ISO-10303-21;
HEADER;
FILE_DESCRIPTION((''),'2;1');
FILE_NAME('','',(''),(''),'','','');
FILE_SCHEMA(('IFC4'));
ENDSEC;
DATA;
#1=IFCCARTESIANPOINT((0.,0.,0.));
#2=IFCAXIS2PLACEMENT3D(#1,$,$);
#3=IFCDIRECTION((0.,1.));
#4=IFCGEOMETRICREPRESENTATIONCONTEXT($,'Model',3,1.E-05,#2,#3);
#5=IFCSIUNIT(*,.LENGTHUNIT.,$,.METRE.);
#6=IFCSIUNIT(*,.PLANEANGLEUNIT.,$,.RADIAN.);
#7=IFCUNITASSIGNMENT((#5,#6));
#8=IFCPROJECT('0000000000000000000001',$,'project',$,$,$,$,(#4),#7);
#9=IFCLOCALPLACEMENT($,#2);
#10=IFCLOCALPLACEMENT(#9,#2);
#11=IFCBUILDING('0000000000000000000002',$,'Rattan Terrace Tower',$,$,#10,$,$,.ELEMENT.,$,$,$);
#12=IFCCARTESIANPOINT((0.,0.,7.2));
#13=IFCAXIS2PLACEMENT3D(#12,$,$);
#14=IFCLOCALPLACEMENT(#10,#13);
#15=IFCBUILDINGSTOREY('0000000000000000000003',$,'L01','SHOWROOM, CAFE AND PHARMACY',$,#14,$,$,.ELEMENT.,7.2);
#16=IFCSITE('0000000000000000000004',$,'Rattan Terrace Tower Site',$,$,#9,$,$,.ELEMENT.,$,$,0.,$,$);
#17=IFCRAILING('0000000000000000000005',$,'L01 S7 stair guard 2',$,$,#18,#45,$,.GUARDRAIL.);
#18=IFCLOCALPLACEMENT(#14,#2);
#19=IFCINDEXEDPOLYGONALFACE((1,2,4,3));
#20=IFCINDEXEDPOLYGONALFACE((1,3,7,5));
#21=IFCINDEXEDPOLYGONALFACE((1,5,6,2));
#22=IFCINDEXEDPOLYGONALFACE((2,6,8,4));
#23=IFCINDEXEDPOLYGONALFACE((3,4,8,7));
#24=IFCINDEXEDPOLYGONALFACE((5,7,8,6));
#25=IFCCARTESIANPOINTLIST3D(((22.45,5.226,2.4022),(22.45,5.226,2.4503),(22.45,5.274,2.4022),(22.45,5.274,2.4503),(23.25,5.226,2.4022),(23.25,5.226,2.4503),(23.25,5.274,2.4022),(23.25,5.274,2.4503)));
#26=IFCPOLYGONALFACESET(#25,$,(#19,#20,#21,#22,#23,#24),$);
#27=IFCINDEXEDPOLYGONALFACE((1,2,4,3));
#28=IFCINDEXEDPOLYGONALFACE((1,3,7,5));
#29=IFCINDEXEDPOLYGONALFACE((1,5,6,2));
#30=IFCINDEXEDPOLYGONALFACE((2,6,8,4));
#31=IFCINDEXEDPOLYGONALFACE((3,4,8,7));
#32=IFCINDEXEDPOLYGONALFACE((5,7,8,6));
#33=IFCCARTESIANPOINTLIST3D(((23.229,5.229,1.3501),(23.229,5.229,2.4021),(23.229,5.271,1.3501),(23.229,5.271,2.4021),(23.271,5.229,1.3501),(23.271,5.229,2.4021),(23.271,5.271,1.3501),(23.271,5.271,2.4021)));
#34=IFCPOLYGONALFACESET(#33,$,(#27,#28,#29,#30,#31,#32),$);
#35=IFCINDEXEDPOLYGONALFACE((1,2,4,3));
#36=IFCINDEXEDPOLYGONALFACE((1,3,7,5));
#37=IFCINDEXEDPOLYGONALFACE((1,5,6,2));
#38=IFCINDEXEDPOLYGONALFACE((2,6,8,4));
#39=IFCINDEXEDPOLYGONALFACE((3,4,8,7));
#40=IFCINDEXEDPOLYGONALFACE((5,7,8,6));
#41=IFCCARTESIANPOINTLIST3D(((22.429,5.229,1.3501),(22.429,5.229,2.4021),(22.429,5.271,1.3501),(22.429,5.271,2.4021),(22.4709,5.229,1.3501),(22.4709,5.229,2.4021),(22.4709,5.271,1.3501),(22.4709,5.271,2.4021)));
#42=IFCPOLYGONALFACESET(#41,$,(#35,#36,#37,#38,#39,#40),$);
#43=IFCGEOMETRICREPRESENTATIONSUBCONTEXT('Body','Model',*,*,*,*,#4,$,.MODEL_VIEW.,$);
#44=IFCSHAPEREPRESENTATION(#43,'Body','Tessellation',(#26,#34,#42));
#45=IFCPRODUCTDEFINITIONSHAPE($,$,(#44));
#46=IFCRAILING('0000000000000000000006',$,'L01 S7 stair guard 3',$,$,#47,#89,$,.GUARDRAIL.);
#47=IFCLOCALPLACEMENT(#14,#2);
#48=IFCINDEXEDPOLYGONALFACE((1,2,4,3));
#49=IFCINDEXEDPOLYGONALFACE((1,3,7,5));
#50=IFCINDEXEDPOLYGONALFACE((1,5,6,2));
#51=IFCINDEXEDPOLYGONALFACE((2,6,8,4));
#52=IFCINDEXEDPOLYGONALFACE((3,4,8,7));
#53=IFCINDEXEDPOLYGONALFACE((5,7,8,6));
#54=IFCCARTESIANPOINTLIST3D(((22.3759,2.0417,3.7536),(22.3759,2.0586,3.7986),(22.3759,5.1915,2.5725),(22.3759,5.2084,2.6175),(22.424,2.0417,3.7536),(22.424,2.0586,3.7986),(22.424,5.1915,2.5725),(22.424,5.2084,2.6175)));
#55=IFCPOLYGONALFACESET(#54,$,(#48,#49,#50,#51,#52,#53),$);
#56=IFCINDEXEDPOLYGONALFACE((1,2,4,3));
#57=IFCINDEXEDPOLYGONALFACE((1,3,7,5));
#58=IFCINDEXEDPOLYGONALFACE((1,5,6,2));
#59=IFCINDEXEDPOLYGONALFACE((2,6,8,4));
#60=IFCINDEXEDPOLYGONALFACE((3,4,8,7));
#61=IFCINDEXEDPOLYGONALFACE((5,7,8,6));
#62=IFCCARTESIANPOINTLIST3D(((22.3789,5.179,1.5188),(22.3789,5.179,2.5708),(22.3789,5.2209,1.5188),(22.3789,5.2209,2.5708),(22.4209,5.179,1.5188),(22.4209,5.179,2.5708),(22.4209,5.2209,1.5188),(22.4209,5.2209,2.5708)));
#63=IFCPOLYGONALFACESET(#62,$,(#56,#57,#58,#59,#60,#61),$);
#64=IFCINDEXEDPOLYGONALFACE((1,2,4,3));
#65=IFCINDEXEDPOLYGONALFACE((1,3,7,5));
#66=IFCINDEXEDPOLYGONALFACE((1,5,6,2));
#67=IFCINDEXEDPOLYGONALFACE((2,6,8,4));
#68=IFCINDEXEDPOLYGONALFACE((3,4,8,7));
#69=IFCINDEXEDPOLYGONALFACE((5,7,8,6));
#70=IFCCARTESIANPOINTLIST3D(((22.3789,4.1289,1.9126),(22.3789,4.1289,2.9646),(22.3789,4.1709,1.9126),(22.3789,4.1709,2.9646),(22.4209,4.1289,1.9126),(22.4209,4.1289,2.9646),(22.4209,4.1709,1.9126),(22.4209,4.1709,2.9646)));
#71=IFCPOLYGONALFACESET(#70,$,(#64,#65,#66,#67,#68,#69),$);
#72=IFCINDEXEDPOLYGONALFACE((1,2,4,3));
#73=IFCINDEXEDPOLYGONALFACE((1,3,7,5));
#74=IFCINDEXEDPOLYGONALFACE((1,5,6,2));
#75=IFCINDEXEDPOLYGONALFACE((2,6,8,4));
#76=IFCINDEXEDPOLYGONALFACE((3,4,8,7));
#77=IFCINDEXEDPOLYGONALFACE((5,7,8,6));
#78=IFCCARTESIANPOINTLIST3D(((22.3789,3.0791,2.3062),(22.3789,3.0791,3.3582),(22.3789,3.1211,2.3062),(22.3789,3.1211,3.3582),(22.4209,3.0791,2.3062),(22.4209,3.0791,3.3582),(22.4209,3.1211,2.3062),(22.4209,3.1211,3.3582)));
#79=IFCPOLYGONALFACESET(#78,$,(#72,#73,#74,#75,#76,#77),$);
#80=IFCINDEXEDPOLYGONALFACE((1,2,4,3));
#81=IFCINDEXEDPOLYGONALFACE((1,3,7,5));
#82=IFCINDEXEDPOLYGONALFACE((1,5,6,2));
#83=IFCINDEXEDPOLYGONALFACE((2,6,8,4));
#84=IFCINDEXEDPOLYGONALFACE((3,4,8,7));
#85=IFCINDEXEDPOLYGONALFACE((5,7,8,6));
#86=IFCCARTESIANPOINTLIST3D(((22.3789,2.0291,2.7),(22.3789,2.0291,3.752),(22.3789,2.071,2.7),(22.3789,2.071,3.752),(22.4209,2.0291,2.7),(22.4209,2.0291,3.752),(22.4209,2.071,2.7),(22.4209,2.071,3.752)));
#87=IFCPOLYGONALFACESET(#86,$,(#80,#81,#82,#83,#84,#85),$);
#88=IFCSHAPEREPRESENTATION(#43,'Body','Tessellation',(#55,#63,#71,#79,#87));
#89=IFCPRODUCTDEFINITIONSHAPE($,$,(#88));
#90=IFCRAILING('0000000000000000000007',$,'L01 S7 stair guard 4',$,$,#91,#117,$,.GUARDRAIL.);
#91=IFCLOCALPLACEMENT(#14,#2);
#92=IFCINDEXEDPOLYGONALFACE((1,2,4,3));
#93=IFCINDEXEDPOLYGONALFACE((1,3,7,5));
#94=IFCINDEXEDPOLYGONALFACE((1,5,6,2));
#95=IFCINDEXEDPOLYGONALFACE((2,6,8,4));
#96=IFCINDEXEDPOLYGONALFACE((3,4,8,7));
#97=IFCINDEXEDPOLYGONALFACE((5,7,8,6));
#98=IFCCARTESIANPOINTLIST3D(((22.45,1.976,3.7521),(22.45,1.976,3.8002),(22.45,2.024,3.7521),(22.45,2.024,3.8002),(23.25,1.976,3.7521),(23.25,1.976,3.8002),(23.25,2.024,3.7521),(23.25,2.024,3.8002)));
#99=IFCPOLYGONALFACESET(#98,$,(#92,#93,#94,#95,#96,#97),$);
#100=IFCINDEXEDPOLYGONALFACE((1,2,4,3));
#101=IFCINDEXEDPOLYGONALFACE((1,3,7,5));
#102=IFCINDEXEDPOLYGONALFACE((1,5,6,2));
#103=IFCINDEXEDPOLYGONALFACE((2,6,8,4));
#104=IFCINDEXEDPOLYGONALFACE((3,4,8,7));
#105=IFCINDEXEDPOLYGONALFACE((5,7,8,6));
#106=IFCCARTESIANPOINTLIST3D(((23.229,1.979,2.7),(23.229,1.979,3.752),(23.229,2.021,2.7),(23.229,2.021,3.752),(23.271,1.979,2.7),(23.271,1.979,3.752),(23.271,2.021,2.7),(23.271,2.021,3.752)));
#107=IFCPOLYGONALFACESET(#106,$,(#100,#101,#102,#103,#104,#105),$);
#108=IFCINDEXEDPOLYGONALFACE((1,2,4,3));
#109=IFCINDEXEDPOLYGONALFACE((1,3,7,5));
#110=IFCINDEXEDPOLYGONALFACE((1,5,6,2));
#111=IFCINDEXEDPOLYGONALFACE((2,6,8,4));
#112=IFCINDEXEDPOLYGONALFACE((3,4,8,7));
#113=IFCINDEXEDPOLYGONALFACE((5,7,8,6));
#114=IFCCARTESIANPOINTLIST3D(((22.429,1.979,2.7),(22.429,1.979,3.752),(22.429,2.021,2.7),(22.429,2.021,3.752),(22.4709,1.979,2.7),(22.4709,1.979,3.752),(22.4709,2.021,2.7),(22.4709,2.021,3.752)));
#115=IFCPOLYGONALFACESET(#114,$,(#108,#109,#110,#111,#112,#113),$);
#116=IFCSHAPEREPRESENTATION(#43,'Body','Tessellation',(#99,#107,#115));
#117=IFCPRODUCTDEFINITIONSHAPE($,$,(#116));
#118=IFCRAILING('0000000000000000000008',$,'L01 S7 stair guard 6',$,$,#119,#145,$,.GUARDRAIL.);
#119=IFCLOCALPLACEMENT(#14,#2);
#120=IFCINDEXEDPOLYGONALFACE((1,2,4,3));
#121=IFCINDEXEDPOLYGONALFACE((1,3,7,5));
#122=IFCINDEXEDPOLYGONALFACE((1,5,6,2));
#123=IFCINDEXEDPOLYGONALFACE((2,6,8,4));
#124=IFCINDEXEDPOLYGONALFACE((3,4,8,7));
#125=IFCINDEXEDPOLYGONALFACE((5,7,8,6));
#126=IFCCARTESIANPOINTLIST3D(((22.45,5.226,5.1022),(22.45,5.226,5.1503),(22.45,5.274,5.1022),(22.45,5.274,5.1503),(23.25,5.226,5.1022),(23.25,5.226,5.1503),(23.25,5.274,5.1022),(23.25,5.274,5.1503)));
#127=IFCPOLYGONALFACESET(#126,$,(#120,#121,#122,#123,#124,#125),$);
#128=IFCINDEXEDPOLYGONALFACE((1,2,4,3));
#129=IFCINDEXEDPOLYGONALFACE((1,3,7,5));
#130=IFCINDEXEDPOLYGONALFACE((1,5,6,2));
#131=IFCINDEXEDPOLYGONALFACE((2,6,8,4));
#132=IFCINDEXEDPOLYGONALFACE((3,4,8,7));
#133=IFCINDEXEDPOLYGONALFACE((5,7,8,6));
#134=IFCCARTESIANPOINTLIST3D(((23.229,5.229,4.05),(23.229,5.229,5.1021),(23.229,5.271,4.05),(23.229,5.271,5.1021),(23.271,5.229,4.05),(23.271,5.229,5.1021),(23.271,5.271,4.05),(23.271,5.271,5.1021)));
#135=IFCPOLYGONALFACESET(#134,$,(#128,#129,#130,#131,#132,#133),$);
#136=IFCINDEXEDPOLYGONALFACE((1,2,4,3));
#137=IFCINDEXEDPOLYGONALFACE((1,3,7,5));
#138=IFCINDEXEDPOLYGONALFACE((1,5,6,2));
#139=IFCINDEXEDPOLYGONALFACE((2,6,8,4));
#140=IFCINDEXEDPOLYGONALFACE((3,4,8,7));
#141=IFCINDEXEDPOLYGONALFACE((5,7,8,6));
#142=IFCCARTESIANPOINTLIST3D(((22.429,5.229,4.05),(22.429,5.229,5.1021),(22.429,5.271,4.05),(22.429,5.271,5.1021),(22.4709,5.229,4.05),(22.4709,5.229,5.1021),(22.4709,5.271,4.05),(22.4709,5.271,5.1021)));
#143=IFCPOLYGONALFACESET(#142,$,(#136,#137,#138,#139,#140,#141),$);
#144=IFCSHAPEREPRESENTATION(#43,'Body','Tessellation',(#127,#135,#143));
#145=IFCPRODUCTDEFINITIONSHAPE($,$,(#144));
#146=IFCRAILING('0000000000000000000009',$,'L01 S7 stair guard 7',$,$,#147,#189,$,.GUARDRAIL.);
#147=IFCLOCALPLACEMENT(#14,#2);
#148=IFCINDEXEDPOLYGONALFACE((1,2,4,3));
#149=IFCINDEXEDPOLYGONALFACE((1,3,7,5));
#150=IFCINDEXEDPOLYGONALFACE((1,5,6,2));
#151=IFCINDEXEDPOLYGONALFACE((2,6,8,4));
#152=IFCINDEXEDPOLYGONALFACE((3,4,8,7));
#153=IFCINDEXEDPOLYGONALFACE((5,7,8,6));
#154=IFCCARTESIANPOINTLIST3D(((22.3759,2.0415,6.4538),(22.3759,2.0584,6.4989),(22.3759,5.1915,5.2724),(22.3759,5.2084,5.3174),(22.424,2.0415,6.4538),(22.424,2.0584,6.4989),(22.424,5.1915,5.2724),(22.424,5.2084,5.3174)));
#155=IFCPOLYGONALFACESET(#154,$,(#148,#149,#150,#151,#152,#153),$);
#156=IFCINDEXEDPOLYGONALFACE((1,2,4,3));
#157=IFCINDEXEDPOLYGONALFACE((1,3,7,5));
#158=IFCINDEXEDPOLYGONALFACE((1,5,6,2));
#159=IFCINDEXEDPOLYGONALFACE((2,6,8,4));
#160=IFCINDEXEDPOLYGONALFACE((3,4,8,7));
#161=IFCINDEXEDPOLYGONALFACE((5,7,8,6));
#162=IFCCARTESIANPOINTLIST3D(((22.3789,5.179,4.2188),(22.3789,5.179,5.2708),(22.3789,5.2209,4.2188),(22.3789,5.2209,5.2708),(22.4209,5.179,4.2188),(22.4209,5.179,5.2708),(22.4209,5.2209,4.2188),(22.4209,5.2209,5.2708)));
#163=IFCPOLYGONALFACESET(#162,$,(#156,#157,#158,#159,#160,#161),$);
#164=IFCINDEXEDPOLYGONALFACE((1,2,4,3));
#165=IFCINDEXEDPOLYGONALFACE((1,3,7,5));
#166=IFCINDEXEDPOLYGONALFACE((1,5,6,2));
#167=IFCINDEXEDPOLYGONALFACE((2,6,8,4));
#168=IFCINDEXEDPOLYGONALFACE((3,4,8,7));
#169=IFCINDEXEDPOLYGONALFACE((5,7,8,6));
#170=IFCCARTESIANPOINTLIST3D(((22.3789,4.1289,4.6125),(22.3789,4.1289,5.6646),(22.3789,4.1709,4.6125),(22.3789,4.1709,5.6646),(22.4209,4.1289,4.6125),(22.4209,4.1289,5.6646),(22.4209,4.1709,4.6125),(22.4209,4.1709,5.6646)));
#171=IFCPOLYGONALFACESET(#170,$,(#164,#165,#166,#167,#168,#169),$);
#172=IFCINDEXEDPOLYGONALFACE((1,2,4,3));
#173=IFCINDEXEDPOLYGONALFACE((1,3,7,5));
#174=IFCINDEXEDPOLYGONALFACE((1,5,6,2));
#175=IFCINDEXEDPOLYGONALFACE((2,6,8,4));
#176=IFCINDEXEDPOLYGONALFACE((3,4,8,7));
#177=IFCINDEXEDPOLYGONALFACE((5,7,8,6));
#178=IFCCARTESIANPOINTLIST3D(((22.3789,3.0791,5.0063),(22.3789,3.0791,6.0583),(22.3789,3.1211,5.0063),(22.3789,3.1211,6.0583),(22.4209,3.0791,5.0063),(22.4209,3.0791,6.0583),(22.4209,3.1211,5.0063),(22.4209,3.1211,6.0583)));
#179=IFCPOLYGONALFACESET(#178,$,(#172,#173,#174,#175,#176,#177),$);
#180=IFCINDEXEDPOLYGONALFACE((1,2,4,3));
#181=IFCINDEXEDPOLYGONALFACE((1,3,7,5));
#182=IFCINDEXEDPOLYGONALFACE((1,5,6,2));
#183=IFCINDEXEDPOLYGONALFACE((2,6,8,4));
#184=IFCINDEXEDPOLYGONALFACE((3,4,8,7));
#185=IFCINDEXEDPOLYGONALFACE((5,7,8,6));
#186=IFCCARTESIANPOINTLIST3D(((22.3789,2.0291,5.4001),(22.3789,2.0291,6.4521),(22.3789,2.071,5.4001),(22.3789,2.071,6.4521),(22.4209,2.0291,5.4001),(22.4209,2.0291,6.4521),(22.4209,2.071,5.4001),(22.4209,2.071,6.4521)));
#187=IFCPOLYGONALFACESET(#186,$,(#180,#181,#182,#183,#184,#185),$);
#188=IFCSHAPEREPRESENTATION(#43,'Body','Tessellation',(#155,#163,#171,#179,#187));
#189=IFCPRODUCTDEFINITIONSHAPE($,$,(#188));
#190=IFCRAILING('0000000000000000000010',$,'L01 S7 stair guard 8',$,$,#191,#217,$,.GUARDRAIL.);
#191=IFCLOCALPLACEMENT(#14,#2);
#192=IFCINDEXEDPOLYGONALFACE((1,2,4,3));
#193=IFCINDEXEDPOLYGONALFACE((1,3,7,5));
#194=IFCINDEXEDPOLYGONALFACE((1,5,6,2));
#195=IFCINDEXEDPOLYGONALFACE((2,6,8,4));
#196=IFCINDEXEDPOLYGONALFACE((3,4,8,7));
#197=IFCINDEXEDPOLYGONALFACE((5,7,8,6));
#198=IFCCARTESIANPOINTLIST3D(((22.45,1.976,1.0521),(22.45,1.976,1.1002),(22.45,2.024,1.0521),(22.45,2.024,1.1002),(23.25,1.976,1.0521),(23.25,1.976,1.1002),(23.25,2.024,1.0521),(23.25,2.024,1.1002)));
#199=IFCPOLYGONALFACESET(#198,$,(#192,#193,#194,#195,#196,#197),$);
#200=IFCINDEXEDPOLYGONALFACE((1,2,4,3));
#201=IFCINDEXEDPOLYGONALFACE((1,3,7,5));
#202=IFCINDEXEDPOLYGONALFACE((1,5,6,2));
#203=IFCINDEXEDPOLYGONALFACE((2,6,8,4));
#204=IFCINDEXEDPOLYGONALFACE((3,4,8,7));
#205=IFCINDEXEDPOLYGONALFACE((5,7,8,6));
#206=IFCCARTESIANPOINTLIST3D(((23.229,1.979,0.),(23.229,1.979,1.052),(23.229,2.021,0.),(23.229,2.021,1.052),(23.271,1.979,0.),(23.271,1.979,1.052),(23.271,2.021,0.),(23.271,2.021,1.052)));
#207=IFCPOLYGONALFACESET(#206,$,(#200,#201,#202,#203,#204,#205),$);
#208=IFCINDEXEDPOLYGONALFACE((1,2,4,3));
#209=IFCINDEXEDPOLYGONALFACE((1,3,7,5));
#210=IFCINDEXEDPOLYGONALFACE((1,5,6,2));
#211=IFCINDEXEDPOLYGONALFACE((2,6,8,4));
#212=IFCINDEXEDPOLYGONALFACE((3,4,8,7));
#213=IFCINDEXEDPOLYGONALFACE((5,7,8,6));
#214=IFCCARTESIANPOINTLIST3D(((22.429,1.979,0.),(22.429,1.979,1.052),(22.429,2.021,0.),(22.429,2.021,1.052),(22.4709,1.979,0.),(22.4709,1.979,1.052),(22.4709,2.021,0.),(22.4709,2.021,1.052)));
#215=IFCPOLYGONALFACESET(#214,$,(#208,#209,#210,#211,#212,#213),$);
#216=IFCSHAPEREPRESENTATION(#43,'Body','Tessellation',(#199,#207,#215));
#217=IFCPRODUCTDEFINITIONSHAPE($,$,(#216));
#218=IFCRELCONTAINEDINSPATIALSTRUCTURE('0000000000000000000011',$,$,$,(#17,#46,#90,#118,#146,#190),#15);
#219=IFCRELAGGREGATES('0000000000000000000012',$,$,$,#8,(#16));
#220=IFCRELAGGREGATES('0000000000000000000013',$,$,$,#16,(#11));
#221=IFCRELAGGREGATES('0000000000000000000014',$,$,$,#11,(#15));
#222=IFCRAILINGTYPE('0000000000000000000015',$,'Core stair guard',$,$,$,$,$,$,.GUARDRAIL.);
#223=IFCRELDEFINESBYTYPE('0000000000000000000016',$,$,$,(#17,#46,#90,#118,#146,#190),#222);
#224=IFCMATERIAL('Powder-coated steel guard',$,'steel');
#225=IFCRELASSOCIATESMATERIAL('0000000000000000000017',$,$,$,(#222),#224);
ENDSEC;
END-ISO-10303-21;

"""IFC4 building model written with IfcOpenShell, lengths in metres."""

from ifc_helpers import new_model, si_unit, direction, frame, origin, origin_2d, place, context, subcontext, project, spatial, rectangle, extrude, material, type_object, element, save


model = new_model("IFC4")

# Units and contexts
model_context = context("Model", 3, precision=1e-05, world=origin(), true_north=direction((0.0, 1.0)))
body_context = subcontext(model_context, "Body", "Model", "MODEL_VIEW")
ifc_project = project(units=[si_unit("LENGTHUNIT", "METRE"), si_unit("PLANEANGLEUNIT", "RADIAN")], contexts=[model_context])

# Site, building, storey
site_placement = place(None, origin())
site = spatial("IfcSite", under=ifc_project, at=site_placement, Name="Rattan Terrace Tower Site", CompositionType="ELEMENT", RefElevation=0.0)
building_placement = place(site_placement, origin())
building = spatial("IfcBuilding", under=site, at=building_placement, Name="Rattan Terrace Tower", CompositionType="ELEMENT")
storey_placement = place(building_placement, frame((0.0, 0.0, 7.2)))
storey = spatial("IfcBuildingStorey", under=building, at=storey_placement, Name="L01", Description="SHOWROOM, CAFE AND PHARMACY", CompositionType="ELEMENT", Elevation=7.2)

# Railings
ifc_material_1 = material(Name="Powder-coated steel guard", Category="steel")
railing_type_1 = type_object("IfcRailingType", Name="Core stair guard", PredefinedType="GUARDRAIL", material=ifc_material_1)
railing_1_placement = place(storey_placement, frame((23.25, 5.25, 1.3501)))
element("IfcRailing", 1, at=railing_1_placement, inside=storey, type_object=railing_type_1, Name="L01 S7 stair guard 2", PredefinedType="GUARDRAIL", context=body_context, shape_type="SweptSolid", body=[
    extrude(rectangle(XDim=0.0481, YDim=0.0481, at=origin_2d()), frame((0.0, 0.0, 1.0762), z_axis=(-1.0, 0.0, 0.0), x_axis=(0.0, -1.0, 0.0)), (0.0, 0.0, 1.0), 0.8),
    extrude(rectangle(XDim=0.042, YDim=0.042, at=origin_2d()), origin(), (0.0, 0.0, 1.0), 1.052),
    extrude(rectangle(XDim=0.042, YDim=0.042, at=origin_2d()), frame((-0.8, 0.0, 0.0)), (0.0, 0.0, 1.0), 1.052),
])
railing_2_placement = place(storey_placement, frame((22.3999, 5.2, 1.5188)))
element("IfcRailing", 2, at=railing_2_placement, inside=storey, type_object=railing_type_1, Name="L01 S7 stair guard 3", PredefinedType="GUARDRAIL", context=body_context, shape_type="SweptSolid", body=[
    extrude(rectangle(XDim=0.0481, YDim=0.0481, at=origin_2d()), frame((0.0, 0.0, 1.0762), z_axis=(0.0, -0.936335, 0.351108), x_axis=(1.0, 0.0, 0.0)), (0.0, 0.0, 1.0), 3.364),
    extrude(rectangle(XDim=0.042, YDim=0.042, at=origin_2d()), origin(), (0.0, 0.0, 1.0), 1.052),
    extrude(rectangle(XDim=0.042, YDim=0.042, at=origin_2d()), frame((0.0, -1.05, 0.3938)), (0.0, 0.0, 1.0), 1.052),
    extrude(rectangle(XDim=0.042, YDim=0.042, at=origin_2d()), frame((0.0, -2.0999, 0.7874)), (0.0, 0.0, 1.0), 1.052),
    extrude(rectangle(XDim=0.042, YDim=0.042, at=origin_2d()), frame((0.0, -3.1499, 1.1812)), (0.0, 0.0, 1.0), 1.052),
])
for number, where, name in (
    (3, (23.25, 2.0, 2.7), "L01 S7 stair guard 4"),
    (4, (23.25, 5.25, 4.05), "L01 S7 stair guard 6"),
):
    element("IfcRailing", number, at=place(storey_placement, frame(where)), inside=storey, type_object=railing_type_1, Name=name, PredefinedType="GUARDRAIL", context=body_context, shape_type="SweptSolid", body=[
        extrude(rectangle(XDim=0.0481, YDim=0.0481, at=origin_2d()), frame((0.0, 0.0, 1.0762), z_axis=(-1.0, 0.0, 0.0), x_axis=(0.0, -1.0, 0.0)), (0.0, 0.0, 1.0), 0.8),
        extrude(rectangle(XDim=0.042, YDim=0.042, at=origin_2d()), origin(), (0.0, 0.0, 1.0), 1.052),
        extrude(rectangle(XDim=0.042, YDim=0.042, at=origin_2d()), frame((-0.8, 0.0, 0.0)), (0.0, 0.0, 1.0), 1.052),
    ])
railing_3_placement = place(storey_placement, frame((22.3999, 5.2, 4.2188)))
element("IfcRailing", 5, at=railing_3_placement, inside=storey, type_object=railing_type_1, Name="L01 S7 stair guard 7", PredefinedType="GUARDRAIL", context=body_context, shape_type="SweptSolid", body=[
    extrude(rectangle(XDim=0.0481, YDim=0.0481, at=origin_2d()), frame((0.0, 0.0, 1.0762), z_axis=(0.0, -0.936311, 0.351171), x_axis=(1.0, 0.0, 0.0)), (0.0, 0.0, 1.0), 3.3643),
    extrude(rectangle(XDim=0.042, YDim=0.042, at=origin_2d()), origin(), (0.0, 0.0, 1.0), 1.052),
    extrude(rectangle(XDim=0.042, YDim=0.042, at=origin_2d()), frame((0.0, -1.05, 0.3938)), (0.0, 0.0, 1.0), 1.052),
    extrude(rectangle(XDim=0.042, YDim=0.042, at=origin_2d()), frame((0.0, -2.0999, 0.7876)), (0.0, 0.0, 1.0), 1.052),
    extrude(rectangle(XDim=0.042, YDim=0.042, at=origin_2d()), frame((0.0, -3.1499, 1.1814)), (0.0, 0.0, 1.0), 1.052),
])
railing_4_placement = place(storey_placement, frame((23.25, 2.0, 0.0)))
element("IfcRailing", 6, at=railing_4_placement, inside=storey, type_object=railing_type_1, Name="L01 S7 stair guard 8", PredefinedType="GUARDRAIL", context=body_context, shape_type="SweptSolid", body=[
    extrude(rectangle(XDim=0.0481, YDim=0.0481, at=origin_2d()), frame((0.0, 0.0, 1.0762), z_axis=(-1.0, 0.0, 0.0), x_axis=(0.0, -1.0, 0.0)), (0.0, 0.0, 1.0), 0.8),
    extrude(rectangle(XDim=0.042, YDim=0.042, at=origin_2d()), origin(), (0.0, 0.0, 1.0), 1.052),
    extrude(rectangle(XDim=0.042, YDim=0.042, at=origin_2d()), frame((-0.8, 0.0, 0.0)), (0.0, 0.0, 1.0), 1.052),
])

save(model, "model.ifc")
